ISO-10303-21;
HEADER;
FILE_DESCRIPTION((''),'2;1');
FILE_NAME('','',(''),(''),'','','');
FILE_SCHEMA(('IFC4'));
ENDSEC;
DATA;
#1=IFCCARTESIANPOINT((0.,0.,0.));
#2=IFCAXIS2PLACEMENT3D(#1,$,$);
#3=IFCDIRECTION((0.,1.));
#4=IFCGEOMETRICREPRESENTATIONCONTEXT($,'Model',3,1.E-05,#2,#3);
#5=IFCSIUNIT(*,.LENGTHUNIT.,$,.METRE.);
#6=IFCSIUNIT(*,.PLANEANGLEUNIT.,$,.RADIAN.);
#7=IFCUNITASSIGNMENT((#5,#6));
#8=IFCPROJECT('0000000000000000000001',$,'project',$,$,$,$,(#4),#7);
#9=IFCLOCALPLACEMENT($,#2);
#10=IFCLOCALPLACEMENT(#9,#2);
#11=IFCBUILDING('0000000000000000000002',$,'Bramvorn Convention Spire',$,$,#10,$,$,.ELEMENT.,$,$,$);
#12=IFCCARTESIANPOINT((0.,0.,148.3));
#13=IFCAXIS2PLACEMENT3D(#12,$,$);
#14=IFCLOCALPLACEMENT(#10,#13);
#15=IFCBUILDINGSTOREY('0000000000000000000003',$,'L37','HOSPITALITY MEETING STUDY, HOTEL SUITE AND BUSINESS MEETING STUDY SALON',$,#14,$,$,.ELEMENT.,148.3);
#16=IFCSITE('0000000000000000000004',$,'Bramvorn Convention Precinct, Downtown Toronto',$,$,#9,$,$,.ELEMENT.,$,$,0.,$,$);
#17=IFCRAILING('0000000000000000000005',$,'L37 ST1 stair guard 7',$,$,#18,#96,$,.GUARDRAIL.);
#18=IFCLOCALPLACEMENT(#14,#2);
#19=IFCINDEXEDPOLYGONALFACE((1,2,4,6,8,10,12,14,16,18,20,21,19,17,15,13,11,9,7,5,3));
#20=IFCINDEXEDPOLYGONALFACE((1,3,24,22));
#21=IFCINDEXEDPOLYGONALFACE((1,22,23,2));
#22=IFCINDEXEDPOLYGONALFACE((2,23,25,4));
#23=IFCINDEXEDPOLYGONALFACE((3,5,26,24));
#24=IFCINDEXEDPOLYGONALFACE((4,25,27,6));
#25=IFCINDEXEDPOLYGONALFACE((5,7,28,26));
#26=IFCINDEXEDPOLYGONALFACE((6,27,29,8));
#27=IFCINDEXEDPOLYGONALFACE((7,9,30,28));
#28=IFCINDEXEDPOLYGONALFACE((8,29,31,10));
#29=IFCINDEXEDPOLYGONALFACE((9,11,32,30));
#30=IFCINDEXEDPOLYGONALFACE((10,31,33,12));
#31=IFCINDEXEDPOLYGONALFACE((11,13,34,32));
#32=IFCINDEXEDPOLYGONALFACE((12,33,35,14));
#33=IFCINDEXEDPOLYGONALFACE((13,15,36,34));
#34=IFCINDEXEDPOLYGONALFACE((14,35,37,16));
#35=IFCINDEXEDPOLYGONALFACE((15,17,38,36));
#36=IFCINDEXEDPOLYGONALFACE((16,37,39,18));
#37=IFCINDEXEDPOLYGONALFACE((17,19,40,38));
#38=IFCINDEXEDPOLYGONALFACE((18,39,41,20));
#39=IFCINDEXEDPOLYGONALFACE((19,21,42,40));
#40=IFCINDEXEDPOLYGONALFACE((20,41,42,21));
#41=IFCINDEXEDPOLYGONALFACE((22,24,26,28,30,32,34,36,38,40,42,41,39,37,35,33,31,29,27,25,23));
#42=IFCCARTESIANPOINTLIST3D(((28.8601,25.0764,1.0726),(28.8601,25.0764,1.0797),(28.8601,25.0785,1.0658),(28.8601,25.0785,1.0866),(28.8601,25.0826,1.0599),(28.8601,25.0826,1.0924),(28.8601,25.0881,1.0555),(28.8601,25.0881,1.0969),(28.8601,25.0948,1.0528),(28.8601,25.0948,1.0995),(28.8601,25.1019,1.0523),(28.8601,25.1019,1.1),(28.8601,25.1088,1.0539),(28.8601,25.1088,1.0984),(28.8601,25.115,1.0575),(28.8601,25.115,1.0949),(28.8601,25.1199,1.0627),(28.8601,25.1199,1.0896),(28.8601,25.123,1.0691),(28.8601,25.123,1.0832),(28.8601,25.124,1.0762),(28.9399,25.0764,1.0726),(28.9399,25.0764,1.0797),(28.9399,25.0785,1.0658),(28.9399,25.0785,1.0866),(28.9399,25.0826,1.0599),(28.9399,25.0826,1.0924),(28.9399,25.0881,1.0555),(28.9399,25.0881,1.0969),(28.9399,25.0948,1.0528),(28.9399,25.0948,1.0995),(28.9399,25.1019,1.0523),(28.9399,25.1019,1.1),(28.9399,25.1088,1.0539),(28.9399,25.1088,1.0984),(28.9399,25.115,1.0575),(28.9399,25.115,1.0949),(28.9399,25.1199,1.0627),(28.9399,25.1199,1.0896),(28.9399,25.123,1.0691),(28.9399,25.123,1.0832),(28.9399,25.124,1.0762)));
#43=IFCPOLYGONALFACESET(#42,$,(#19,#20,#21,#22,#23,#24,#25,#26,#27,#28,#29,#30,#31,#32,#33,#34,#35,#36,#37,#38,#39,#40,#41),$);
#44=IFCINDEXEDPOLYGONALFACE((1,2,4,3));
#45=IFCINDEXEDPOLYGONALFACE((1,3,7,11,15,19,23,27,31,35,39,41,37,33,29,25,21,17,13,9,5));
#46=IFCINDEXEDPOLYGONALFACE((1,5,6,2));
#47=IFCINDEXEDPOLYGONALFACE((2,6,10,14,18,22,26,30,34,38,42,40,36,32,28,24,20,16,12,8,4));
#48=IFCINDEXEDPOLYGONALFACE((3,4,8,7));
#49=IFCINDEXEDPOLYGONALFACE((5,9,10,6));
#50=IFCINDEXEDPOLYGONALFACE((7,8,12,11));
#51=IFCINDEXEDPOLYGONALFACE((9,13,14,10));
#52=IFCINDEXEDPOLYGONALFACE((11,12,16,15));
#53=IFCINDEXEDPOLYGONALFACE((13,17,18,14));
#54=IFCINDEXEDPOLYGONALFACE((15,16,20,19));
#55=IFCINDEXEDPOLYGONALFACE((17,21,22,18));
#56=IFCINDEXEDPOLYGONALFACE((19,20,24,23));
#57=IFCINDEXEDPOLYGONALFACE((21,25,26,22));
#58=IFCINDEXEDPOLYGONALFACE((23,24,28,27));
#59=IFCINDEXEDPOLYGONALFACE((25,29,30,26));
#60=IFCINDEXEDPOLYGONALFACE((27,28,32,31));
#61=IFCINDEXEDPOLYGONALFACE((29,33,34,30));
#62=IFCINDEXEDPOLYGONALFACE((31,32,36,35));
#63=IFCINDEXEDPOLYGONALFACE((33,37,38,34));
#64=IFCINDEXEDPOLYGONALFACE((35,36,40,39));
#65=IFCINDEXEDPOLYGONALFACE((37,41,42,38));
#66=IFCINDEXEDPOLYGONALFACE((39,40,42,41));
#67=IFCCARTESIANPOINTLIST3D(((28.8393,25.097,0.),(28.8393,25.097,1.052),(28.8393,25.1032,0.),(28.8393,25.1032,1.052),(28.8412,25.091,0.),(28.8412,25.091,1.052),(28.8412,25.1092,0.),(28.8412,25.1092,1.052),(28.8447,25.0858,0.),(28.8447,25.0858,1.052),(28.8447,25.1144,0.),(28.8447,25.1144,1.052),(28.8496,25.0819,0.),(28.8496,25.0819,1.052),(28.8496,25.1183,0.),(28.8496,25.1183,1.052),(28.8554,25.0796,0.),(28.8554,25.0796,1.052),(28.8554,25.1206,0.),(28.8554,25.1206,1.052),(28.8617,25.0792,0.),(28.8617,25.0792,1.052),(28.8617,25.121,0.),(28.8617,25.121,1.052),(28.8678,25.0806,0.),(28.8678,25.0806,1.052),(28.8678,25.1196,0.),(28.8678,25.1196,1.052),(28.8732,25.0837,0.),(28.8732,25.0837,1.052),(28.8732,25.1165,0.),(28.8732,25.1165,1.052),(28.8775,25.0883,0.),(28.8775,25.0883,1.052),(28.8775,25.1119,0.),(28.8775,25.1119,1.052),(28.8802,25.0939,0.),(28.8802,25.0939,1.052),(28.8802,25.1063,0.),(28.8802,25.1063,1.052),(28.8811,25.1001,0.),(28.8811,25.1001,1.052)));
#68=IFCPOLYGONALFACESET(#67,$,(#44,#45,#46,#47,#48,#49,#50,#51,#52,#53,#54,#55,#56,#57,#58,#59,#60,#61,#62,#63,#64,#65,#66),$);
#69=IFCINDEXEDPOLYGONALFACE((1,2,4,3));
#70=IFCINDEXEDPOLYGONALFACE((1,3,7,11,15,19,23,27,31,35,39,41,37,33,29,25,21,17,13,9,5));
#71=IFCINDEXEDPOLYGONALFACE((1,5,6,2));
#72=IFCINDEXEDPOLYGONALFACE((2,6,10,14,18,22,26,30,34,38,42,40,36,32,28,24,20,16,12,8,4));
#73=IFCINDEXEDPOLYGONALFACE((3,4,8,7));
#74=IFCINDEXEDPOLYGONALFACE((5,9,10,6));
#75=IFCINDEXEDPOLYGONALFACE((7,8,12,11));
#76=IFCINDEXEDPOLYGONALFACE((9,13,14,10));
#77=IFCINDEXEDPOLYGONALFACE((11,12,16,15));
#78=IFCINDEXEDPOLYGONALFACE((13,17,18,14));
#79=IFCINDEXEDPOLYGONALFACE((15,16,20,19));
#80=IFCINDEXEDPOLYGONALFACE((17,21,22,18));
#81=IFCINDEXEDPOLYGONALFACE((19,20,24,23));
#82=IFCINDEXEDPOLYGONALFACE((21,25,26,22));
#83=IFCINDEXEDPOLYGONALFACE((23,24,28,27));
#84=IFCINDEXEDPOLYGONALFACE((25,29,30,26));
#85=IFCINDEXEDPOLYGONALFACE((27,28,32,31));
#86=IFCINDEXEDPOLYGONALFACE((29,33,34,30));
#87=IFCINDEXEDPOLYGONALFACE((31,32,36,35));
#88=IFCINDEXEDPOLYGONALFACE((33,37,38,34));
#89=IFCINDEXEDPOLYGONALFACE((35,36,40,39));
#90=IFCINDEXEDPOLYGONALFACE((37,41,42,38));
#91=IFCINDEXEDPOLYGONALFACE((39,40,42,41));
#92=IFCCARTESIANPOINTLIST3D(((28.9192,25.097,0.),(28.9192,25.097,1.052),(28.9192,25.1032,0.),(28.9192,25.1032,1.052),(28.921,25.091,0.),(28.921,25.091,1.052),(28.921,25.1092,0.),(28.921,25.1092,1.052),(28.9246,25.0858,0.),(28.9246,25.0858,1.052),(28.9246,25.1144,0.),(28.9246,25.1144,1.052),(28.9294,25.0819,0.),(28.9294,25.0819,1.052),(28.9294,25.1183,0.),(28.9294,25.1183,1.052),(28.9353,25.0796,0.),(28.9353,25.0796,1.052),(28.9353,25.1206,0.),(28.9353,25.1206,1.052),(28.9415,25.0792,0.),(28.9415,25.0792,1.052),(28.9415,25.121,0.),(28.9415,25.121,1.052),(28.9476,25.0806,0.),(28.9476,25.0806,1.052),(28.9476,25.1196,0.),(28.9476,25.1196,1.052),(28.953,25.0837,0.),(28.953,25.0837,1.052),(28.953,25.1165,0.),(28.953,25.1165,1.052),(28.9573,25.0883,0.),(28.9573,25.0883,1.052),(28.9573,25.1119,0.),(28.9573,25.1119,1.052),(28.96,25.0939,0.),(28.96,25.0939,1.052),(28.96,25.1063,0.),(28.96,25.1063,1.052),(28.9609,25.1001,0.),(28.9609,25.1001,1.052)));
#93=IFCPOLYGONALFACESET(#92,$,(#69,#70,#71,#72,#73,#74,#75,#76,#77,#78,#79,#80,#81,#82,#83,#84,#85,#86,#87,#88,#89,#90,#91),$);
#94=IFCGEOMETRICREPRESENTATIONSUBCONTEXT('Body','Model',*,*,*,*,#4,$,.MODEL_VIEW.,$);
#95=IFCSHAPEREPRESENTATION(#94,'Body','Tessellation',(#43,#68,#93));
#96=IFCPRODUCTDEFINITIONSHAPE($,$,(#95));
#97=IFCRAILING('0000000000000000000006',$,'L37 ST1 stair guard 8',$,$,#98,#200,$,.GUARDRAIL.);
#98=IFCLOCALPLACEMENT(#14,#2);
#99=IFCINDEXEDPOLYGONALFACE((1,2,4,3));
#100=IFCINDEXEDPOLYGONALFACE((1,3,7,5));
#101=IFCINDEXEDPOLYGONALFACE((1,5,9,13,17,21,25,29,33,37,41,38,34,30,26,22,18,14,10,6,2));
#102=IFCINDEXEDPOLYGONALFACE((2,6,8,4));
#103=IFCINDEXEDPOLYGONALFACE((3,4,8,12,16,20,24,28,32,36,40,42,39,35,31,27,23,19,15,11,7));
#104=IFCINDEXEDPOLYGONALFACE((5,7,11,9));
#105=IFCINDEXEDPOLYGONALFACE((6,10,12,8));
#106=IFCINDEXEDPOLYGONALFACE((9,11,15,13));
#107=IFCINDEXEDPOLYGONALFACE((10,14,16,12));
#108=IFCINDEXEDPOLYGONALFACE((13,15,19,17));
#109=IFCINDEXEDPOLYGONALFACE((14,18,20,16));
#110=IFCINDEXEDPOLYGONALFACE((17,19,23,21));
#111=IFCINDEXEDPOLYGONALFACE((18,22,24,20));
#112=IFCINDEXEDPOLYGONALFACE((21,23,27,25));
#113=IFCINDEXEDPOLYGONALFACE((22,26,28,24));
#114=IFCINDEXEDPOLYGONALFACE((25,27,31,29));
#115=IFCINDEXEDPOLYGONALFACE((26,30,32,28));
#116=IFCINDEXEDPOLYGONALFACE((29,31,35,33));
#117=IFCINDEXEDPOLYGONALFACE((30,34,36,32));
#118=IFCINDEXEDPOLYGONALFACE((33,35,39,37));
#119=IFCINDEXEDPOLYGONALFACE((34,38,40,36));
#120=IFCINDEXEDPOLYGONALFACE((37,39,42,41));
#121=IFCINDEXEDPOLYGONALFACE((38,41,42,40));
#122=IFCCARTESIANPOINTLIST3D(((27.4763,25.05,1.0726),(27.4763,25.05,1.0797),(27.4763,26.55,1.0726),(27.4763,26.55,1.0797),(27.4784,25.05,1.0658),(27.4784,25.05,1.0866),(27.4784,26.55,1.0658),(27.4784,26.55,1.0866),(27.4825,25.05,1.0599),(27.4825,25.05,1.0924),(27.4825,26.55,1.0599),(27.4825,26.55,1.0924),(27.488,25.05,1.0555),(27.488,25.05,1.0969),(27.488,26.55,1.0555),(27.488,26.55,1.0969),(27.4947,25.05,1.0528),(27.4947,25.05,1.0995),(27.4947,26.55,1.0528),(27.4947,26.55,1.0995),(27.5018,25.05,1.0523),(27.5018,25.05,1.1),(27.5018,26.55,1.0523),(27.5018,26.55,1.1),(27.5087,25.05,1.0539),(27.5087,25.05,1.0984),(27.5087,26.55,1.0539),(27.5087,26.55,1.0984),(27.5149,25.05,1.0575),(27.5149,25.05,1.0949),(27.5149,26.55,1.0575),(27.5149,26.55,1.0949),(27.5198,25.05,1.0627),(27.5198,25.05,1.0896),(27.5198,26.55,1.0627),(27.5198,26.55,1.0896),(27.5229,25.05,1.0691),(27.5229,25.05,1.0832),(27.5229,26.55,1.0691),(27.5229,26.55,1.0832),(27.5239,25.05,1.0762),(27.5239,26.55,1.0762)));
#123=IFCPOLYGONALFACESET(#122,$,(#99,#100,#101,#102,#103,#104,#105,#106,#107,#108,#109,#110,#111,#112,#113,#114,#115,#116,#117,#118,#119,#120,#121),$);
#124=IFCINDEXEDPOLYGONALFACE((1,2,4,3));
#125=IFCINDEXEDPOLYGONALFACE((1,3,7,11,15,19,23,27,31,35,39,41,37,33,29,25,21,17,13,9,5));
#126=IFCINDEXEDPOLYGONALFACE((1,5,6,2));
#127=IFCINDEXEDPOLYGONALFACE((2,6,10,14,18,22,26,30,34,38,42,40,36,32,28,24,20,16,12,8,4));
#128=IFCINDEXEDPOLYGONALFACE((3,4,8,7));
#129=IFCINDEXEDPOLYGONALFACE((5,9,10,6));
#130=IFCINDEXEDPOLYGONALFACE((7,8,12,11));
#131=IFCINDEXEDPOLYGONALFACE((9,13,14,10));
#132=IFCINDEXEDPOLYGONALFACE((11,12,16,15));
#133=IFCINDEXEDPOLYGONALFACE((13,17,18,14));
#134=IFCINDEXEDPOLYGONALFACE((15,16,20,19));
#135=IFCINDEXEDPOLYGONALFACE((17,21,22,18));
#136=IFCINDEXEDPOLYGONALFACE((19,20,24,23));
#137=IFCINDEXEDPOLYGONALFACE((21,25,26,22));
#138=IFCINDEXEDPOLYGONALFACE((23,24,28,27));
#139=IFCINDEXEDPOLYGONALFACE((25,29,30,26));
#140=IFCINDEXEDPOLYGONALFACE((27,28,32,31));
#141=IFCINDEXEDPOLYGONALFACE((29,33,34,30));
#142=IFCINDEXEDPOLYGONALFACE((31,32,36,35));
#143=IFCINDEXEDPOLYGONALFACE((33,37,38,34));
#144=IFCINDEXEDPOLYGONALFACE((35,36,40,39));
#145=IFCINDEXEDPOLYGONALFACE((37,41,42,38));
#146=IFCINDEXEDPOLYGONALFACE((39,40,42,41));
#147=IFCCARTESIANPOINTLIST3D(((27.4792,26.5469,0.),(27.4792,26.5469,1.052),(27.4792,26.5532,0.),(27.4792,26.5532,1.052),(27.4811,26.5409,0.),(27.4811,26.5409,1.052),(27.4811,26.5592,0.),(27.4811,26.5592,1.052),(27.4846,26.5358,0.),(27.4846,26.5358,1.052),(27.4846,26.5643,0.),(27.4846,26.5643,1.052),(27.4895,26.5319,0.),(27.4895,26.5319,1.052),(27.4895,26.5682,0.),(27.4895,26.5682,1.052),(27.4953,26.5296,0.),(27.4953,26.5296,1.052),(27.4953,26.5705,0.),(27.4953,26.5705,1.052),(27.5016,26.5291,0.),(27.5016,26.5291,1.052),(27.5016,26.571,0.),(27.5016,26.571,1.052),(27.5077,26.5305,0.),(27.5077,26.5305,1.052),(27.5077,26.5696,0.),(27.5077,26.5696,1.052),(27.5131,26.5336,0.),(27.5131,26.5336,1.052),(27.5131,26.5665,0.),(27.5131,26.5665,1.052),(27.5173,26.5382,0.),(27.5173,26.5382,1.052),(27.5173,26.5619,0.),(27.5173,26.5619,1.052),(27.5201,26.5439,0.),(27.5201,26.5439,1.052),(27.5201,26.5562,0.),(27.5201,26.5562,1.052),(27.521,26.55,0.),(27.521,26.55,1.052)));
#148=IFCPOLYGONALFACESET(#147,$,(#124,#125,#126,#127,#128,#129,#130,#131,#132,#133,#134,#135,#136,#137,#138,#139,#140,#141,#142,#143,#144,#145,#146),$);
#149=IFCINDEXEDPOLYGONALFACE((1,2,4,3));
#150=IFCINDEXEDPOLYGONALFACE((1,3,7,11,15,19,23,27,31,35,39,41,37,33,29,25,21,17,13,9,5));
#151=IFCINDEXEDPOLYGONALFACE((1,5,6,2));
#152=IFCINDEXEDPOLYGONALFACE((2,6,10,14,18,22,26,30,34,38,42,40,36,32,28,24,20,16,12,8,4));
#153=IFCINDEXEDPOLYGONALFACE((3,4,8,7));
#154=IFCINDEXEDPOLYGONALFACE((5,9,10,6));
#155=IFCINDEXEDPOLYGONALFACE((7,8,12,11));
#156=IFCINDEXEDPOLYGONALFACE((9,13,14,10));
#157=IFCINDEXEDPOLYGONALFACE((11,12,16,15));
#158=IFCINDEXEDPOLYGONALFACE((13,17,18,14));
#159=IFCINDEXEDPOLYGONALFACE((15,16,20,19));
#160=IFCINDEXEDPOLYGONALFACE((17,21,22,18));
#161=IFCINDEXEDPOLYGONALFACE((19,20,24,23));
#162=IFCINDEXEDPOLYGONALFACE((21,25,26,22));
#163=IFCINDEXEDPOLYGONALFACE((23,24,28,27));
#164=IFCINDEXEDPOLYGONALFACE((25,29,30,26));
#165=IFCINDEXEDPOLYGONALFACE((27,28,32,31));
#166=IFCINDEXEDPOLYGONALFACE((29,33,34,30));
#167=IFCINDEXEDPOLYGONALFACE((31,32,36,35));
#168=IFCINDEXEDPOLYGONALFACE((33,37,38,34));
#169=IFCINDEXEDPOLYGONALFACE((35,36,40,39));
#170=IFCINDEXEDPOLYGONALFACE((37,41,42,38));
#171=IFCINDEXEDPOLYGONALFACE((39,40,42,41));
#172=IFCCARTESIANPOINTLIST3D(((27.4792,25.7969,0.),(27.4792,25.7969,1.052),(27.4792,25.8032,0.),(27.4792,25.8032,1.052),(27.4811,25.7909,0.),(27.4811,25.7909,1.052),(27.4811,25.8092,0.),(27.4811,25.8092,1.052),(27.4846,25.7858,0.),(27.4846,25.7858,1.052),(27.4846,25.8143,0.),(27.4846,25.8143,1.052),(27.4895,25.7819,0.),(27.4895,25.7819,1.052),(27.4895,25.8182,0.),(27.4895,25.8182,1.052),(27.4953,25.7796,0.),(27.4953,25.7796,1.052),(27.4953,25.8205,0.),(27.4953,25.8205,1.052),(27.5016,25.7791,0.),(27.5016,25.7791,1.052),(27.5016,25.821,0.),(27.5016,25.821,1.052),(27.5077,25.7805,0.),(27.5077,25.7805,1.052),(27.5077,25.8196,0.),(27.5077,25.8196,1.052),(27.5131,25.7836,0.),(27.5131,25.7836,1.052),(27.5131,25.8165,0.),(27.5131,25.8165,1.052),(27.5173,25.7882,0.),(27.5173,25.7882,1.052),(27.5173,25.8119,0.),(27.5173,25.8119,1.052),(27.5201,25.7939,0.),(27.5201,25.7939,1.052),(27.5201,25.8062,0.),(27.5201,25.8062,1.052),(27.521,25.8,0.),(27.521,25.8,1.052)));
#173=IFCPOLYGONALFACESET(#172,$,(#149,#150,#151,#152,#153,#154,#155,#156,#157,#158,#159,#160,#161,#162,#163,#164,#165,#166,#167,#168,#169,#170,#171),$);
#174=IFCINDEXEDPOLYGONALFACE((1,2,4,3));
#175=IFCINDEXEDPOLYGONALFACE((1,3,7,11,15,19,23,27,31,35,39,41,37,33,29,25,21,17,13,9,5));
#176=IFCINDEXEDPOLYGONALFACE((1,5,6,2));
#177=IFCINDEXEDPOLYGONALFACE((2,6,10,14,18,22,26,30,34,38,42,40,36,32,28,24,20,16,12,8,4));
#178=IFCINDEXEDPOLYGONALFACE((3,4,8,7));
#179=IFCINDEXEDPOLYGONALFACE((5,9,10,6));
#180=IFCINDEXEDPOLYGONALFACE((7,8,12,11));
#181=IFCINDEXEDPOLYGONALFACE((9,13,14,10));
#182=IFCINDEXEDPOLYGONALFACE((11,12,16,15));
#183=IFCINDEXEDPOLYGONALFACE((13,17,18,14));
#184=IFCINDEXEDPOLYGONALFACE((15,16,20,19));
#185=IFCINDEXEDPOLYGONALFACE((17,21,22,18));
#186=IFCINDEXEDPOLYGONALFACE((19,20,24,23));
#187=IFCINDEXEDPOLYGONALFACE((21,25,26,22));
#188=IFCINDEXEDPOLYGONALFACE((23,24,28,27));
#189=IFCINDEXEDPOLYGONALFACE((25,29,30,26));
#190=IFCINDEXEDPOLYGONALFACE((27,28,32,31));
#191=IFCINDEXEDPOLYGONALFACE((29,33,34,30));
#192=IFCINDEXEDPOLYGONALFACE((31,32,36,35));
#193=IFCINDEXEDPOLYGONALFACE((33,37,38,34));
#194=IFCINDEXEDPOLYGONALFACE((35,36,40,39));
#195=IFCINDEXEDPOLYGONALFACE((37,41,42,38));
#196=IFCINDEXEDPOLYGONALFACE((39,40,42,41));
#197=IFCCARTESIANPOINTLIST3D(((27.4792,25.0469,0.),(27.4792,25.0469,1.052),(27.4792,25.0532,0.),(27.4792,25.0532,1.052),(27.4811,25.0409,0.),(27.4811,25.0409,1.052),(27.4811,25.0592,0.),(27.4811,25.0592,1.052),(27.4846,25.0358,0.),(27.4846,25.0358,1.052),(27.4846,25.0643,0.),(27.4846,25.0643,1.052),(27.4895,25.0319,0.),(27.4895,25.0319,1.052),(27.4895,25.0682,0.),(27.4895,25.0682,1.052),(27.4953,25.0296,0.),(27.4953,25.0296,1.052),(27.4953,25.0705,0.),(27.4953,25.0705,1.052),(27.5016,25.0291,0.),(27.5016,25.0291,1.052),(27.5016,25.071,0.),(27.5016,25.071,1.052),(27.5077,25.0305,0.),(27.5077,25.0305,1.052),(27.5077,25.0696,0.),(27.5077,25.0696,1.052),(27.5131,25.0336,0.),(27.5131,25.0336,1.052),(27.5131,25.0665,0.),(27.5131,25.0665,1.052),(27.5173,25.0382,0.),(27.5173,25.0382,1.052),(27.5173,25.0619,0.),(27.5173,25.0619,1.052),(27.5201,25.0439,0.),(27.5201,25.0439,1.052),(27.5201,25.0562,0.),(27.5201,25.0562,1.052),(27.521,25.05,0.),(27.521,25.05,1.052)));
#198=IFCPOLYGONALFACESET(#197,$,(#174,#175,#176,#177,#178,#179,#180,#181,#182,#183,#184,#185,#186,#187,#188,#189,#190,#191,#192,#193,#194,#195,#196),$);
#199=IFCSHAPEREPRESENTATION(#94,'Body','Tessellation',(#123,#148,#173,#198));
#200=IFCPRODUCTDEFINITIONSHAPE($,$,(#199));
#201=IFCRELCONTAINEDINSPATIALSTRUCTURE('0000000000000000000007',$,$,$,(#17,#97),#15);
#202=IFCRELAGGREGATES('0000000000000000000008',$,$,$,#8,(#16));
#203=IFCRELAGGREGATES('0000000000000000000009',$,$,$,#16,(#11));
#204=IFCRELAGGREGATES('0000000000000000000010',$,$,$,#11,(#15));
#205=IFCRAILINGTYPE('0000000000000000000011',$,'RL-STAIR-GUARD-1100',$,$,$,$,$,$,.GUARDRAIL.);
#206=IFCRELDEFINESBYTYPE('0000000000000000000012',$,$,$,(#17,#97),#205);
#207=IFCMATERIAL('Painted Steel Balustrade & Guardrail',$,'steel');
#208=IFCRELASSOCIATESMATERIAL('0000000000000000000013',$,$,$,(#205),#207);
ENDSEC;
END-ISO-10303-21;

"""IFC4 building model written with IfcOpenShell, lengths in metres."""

from ifc_helpers import new_model, si_unit, direction, frame, origin, origin_2d, place, context, subcontext, project, spatial, circle, extrude, material, type_object, element, save


model = new_model("IFC4")

# Units and contexts
model_context = context("Model", 3, precision=1e-05, world=origin(), true_north=direction((0.0, 1.0)))
body_context = subcontext(model_context, "Body", "Model", "MODEL_VIEW")
ifc_project = project(units=[si_unit("LENGTHUNIT", "METRE"), si_unit("PLANEANGLEUNIT", "RADIAN")], contexts=[model_context])

# Site, building, storey
site_placement = place(None, origin())
site = spatial("IfcSite", under=ifc_project, at=site_placement, Name="Bramvorn Convention Precinct, Downtown Toronto", CompositionType="ELEMENT", RefElevation=0.0)
building_placement = place(site_placement, origin())
building = spatial("IfcBuilding", under=site, at=building_placement, Name="Bramvorn Convention Spire", CompositionType="ELEMENT")
storey_placement = place(building_placement, frame((0.0, 0.0, 148.3)))
storey = spatial("IfcBuildingStorey", under=building, at=storey_placement, Name="L37", Description="HOSPITALITY MEETING STUDY, HOTEL SUITE AND BUSINESS MEETING STUDY SALON", CompositionType="ELEMENT", Elevation=148.3)

# Railings
ifc_material_1 = material(Name="Painted Steel Balustrade & Guardrail", Category="steel")
railing_type_1 = type_object("IfcRailingType", Name="RL-STAIR-GUARD-1100", PredefinedType="GUARDRAIL", material=ifc_material_1)
railing_1_placement = place(storey_placement, frame((28.8601, 25.1001, 0.0)))
element("IfcRailing", 1, at=railing_1_placement, inside=storey, type_object=railing_type_1, Name="L37 ST1 stair guard 7", PredefinedType="GUARDRAIL", context=body_context, shape_type="SweptSolid", body=[
    extrude(circle(Radius=0.0239, at=origin_2d()), frame((0.0, 0.0, 1.0762), z_axis=(1.0, 0.0, 0.0), x_axis=(0.0, 1.0, 0.0)), (0.0, 0.0, 1.0), 0.0798),
    extrude(circle(Radius=0.021, at=origin_2d()), origin(), (0.0, 0.0, 1.0), 1.052),
    extrude(circle(Radius=0.021, at=origin_2d()), frame((0.0798, 0.0, 0.0)), (0.0, 0.0, 1.0), 1.052),
])
for number, where, name in (
    (2, (27.5, 26.55, 0.0), "L37 ST1 stair guard 8"),
):
    element("IfcRailing", number, at=place(storey_placement, frame(where)), inside=storey, type_object=railing_type_1, Name=name, PredefinedType="GUARDRAIL", context=body_context, shape_type="SweptSolid", body=[
        extrude(circle(Radius=0.0239, at=origin_2d()), frame((0.0, 0.0, 1.0762), z_axis=(0.0, -1.0, 0.0), x_axis=(1.0, 0.0, 0.0)), (0.0, 0.0, 1.0), 1.5),
        extrude(circle(Radius=0.021, at=origin_2d()), origin(), (0.0, 0.0, 1.0), 1.052),
        extrude(circle(Radius=0.021, at=origin_2d()), frame((0.0, -0.75, 0.0)), (0.0, 0.0, 1.0), 1.052),
        extrude(circle(Radius=0.021, at=origin_2d()), frame((0.0, -1.5, 0.0)), (0.0, 0.0, 1.0), 1.052),
    ])

save(model, "model.ifc")
